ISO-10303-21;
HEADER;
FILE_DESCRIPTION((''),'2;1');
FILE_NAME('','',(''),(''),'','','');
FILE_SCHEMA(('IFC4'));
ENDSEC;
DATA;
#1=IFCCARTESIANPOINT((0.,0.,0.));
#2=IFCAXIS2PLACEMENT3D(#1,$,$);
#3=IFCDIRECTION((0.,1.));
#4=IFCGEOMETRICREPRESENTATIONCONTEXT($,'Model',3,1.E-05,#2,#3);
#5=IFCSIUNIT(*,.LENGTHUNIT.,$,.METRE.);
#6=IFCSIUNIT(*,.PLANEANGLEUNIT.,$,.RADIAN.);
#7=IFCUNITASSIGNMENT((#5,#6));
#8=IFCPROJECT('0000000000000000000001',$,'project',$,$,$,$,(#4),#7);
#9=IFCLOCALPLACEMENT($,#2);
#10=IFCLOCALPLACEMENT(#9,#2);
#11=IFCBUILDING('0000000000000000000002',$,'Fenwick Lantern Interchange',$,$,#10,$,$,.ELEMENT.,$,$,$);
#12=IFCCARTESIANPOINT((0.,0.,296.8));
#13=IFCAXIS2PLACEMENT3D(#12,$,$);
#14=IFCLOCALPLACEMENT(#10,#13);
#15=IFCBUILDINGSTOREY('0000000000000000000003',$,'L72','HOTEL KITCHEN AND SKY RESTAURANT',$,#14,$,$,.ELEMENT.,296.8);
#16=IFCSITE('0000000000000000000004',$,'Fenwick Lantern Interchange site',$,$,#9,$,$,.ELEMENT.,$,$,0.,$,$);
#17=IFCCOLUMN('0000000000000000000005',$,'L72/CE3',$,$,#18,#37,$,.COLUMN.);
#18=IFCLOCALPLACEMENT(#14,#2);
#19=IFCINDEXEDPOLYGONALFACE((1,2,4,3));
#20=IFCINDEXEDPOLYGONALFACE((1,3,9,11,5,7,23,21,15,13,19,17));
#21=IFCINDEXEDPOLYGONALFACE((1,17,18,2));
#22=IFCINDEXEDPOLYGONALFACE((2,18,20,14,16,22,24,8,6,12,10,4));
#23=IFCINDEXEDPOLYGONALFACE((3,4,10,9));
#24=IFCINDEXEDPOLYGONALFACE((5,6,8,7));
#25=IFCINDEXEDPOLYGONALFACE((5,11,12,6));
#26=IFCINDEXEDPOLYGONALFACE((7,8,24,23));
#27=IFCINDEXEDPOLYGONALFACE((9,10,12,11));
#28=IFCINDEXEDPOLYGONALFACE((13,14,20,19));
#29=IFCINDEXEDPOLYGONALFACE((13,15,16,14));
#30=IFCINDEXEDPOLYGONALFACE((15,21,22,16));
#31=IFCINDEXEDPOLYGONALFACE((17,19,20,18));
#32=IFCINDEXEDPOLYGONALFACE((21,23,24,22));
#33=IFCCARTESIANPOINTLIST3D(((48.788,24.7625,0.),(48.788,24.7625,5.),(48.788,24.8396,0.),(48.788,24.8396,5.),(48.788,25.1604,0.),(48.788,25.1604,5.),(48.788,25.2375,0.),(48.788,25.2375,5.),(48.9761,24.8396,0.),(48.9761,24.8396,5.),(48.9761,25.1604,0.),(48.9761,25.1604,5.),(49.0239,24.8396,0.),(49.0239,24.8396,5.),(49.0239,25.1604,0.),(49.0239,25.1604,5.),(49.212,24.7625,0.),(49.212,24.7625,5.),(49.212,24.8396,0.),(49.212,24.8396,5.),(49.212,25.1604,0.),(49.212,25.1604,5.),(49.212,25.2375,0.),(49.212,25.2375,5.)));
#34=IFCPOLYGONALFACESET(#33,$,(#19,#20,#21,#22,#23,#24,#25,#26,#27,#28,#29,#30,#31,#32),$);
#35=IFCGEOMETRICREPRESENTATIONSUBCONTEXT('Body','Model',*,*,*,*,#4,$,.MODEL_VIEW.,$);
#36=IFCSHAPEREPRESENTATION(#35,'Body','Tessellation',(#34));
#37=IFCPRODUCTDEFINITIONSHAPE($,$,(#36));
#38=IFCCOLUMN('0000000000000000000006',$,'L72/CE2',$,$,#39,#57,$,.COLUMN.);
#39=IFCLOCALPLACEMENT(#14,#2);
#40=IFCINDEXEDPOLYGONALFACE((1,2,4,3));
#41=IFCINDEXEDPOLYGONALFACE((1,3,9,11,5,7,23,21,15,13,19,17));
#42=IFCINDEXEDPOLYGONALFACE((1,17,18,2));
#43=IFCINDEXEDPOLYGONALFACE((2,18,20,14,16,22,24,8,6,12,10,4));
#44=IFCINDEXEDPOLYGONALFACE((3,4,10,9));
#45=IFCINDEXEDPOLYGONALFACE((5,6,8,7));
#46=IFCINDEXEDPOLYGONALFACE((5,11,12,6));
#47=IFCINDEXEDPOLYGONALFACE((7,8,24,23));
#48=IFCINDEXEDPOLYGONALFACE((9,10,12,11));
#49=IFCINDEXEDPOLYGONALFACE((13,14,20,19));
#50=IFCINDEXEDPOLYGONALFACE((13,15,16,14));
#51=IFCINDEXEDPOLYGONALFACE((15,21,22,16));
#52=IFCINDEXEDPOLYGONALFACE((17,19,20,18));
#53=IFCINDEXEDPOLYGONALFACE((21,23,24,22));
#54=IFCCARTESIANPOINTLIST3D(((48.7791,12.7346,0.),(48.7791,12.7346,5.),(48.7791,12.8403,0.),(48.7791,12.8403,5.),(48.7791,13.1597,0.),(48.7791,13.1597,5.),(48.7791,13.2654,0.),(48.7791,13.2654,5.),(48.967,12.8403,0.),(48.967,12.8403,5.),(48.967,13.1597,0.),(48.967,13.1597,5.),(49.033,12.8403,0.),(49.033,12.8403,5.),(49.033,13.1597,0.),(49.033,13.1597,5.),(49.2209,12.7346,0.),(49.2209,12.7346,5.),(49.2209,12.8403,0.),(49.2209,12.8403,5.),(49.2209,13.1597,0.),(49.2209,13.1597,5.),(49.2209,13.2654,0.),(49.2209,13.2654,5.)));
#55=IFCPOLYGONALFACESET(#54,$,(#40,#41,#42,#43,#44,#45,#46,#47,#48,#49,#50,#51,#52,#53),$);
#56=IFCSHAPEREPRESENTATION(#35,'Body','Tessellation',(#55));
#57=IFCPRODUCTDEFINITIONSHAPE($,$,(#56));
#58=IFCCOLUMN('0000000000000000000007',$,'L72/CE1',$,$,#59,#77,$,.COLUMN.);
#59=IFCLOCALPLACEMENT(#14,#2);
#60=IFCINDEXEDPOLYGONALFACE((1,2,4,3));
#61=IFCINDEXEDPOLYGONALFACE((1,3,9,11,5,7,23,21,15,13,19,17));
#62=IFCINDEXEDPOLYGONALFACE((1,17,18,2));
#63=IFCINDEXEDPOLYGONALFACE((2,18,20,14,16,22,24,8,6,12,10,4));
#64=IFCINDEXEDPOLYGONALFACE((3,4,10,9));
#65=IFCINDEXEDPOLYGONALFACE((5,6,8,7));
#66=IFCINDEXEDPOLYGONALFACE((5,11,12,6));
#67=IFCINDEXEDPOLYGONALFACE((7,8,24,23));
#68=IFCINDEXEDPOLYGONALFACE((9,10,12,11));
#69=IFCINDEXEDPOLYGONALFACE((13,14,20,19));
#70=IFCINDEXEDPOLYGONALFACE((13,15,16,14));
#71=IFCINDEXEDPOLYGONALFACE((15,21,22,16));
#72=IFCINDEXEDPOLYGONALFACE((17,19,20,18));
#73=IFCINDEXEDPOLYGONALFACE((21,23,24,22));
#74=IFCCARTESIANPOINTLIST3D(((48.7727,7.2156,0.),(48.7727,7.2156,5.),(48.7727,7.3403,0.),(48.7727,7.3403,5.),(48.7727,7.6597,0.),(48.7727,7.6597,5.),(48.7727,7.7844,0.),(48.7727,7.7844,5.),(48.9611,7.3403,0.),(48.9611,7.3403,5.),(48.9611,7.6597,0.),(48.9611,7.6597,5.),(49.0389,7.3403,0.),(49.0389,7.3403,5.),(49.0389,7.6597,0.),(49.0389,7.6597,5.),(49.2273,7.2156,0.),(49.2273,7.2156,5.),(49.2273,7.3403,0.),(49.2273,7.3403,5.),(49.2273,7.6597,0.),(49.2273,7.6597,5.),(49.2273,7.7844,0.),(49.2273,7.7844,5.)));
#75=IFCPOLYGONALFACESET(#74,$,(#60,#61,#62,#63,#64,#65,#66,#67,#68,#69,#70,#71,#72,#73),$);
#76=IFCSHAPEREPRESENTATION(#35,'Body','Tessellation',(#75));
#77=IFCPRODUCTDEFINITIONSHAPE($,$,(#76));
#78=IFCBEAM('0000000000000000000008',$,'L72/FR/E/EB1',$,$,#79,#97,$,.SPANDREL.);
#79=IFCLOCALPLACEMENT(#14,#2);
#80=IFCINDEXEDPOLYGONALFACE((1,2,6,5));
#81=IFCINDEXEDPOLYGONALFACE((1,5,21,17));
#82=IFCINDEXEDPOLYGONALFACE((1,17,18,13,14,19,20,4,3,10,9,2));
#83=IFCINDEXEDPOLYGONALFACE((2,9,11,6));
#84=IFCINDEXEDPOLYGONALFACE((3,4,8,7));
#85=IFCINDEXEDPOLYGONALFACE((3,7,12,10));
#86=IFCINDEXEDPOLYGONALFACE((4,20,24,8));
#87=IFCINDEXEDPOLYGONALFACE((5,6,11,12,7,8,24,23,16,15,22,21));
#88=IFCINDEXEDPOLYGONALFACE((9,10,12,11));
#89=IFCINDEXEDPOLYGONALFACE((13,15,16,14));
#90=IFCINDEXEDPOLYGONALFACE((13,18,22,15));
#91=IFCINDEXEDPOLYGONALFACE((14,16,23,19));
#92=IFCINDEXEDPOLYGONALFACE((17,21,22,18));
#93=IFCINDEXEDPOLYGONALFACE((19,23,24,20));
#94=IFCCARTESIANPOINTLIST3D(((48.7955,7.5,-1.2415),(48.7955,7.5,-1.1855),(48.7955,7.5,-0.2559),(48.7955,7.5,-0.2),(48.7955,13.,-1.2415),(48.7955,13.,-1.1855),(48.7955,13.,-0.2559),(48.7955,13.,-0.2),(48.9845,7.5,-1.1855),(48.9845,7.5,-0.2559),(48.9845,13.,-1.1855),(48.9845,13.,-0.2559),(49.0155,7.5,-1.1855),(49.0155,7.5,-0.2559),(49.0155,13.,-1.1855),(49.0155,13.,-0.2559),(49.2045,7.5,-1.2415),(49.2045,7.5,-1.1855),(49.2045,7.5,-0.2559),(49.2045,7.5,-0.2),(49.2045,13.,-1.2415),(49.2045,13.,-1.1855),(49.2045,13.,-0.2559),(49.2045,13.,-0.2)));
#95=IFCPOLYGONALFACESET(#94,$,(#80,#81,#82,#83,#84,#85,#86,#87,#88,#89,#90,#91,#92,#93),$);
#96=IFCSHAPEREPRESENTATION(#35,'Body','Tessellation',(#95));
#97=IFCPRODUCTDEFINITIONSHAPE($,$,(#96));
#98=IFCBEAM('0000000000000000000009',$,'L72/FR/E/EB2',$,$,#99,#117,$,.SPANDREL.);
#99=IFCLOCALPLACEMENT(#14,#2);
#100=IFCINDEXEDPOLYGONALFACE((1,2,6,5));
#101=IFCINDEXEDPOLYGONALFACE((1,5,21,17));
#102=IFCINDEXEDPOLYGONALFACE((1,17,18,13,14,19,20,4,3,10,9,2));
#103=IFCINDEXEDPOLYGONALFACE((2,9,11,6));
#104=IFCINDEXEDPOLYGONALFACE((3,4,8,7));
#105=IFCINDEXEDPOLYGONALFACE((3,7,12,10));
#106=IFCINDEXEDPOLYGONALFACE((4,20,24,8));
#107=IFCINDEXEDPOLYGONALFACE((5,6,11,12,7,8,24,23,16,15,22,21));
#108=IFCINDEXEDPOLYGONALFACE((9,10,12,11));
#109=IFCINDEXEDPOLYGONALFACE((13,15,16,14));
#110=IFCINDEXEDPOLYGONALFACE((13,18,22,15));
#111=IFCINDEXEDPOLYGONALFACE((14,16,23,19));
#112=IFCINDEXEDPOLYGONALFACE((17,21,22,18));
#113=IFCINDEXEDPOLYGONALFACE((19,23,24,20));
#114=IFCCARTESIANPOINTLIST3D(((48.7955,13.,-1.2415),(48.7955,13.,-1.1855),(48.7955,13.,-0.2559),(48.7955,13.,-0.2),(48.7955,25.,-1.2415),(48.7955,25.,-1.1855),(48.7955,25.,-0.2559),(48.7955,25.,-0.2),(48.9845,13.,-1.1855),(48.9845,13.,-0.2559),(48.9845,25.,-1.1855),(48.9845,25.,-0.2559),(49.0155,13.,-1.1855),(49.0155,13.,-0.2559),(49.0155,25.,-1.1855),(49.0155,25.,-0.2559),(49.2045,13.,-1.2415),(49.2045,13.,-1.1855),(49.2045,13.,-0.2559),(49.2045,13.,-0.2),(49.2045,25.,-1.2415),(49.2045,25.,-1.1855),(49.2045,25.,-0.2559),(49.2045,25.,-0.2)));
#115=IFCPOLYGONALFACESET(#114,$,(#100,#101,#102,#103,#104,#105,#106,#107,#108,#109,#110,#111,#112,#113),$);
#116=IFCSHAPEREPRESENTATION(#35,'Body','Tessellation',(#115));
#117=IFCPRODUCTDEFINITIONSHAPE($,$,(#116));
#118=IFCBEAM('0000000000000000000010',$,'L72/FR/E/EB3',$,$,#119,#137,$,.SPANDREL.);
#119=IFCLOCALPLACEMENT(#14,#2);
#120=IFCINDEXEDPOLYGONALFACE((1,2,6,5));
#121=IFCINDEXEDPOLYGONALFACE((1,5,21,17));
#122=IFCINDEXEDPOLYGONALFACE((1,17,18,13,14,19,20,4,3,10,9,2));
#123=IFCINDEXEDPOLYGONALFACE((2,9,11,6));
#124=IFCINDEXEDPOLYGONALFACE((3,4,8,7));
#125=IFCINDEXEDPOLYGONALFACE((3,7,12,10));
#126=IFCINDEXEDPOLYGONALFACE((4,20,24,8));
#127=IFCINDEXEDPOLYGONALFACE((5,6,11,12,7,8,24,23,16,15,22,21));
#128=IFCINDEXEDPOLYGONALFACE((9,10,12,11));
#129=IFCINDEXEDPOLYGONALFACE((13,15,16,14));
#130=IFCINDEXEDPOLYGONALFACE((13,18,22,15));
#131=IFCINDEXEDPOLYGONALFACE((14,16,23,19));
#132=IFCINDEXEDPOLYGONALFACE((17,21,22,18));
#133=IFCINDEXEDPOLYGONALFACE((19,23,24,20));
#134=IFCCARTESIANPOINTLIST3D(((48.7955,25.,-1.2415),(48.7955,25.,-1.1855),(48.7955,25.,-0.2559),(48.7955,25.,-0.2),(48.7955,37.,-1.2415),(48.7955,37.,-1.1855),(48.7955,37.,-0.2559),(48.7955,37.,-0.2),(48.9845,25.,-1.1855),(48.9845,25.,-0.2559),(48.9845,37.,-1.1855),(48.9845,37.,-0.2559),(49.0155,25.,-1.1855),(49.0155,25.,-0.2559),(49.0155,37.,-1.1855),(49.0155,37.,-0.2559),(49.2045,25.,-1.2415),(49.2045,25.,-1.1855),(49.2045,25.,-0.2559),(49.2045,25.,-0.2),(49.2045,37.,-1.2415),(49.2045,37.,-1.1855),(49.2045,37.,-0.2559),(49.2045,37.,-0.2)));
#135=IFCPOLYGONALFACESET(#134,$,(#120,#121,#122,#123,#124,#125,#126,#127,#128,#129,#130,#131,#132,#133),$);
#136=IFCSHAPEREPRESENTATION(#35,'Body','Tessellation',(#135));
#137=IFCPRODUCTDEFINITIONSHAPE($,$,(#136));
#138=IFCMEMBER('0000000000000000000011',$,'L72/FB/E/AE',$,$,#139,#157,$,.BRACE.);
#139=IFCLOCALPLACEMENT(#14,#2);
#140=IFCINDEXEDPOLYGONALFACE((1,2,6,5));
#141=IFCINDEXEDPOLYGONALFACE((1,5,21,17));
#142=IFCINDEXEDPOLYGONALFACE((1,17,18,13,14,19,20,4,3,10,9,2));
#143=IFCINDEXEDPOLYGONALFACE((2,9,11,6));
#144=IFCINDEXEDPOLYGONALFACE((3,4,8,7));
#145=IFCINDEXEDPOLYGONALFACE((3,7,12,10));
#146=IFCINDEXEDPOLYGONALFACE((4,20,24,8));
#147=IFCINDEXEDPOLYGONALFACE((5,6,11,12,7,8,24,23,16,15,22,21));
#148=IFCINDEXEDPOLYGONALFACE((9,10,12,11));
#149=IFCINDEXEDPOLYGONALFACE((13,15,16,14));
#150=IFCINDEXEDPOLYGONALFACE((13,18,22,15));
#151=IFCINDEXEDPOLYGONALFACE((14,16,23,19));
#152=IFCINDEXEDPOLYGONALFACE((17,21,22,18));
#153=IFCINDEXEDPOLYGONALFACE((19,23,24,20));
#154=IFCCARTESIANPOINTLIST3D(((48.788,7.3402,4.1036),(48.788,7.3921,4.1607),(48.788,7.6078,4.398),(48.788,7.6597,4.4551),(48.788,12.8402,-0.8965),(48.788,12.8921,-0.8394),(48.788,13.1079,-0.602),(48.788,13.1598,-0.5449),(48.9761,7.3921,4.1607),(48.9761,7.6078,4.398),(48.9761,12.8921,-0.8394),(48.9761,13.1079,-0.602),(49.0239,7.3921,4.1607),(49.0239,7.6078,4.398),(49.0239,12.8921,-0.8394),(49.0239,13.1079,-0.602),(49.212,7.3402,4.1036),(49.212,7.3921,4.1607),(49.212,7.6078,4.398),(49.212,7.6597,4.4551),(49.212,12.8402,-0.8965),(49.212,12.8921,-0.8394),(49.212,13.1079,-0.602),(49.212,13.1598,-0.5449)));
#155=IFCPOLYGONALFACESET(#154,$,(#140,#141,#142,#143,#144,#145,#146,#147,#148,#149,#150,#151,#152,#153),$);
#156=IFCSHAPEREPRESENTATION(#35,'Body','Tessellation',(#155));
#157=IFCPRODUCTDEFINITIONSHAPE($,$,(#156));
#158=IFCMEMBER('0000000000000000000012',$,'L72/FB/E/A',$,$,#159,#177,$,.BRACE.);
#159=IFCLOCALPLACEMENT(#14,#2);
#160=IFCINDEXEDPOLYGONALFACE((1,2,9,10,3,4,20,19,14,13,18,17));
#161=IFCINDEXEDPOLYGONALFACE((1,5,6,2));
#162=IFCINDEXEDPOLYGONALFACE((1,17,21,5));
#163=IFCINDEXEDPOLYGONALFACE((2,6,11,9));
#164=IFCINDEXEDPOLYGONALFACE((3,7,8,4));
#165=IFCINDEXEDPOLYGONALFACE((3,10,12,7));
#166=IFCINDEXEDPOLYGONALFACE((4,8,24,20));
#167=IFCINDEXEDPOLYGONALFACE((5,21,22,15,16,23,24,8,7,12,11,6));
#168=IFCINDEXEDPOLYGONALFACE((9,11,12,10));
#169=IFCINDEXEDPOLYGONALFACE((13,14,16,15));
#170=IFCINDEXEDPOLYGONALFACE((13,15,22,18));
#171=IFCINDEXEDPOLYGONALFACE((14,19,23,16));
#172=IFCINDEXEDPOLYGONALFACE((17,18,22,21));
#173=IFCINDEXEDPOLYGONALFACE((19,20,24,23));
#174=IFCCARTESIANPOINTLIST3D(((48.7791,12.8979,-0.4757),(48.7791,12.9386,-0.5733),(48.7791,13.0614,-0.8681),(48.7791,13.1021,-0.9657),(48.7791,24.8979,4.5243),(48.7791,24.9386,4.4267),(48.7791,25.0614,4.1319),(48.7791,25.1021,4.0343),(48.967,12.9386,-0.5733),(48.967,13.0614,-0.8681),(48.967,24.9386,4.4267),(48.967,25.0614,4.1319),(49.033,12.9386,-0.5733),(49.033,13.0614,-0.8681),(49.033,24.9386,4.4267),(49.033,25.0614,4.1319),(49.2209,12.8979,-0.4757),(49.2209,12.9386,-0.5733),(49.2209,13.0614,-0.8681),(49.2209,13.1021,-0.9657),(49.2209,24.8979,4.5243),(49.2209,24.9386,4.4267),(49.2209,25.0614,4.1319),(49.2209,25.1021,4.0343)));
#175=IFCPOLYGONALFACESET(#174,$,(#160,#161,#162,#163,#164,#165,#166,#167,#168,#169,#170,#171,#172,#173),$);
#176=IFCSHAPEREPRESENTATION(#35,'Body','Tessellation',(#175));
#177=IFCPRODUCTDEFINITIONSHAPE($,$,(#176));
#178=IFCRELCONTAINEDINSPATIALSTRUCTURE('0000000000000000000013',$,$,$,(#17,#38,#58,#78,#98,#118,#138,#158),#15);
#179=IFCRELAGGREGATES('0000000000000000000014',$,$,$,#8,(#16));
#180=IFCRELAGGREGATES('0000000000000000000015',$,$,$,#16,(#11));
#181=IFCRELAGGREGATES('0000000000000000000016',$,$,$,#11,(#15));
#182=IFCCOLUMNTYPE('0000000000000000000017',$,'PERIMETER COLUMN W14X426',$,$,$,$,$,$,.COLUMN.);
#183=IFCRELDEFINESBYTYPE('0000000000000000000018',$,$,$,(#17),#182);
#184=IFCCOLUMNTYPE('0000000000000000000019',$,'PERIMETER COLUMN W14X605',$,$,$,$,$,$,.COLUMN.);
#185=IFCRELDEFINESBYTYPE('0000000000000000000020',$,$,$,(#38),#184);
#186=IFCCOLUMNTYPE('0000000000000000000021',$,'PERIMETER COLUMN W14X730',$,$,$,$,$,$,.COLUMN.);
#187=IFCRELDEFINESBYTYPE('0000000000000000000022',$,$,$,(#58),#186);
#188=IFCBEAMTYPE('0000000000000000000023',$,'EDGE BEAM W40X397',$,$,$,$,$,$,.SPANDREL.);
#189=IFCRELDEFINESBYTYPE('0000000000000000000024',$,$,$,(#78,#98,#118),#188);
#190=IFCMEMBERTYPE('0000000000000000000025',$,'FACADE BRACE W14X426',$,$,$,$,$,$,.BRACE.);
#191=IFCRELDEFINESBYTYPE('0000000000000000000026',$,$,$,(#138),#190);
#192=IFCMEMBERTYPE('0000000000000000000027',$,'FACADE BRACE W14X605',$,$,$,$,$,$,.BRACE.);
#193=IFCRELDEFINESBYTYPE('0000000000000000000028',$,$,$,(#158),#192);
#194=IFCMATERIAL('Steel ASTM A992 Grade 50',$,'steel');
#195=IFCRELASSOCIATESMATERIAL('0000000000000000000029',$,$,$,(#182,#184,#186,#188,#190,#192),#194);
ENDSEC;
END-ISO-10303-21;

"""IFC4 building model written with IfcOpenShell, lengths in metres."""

from ifc_helpers import new_model, si_unit, direction, frame, origin, origin_2d, place, context, subcontext, project, spatial, i_section, extrude, material, material_profile, profile_set, type_object, element, save


model = new_model("IFC4")

# Units and contexts
model_context = context("Model", 3, precision=1e-05, world=origin(), true_north=direction((0.0, 1.0)))
body_context = subcontext(model_context, "Body", "Model", "MODEL_VIEW")
ifc_project = project(units=[si_unit("LENGTHUNIT", "METRE"), si_unit("PLANEANGLEUNIT", "RADIAN")], contexts=[model_context])

# Site, building, storey
site_placement = place(None, origin())
site = spatial("IfcSite", under=ifc_project, at=site_placement, Name="Fenwick Lantern Interchange site", CompositionType="ELEMENT", RefElevation=0.0)
building_placement = place(site_placement, origin())
building = spatial("IfcBuilding", under=site, at=building_placement, Name="Fenwick Lantern Interchange", CompositionType="ELEMENT")
storey_placement = place(building_placement, frame((0.0, 0.0, 296.8)))
storey = spatial("IfcBuildingStorey", under=building, at=storey_placement, Name="L72", Description="HOTEL KITCHEN AND SKY RESTAURANT", CompositionType="ELEMENT", Elevation=296.8)

# Columns
ifc_material_1 = material(Name="Steel ASTM A992 Grade 50", Category="steel")
ifc_material_profile_1 = material_profile(ifc_material_1, i_section(OverallWidth=0.4241, OverallDepth=0.4751, WebThickness=0.0479, FlangeThickness=0.0771, at=origin_2d()), Name="W14X426")
ifc_profile_set_1 = profile_set([ifc_material_profile_1], Name="Steel ASTM A992 Grade 50")
column_type_1 = type_object("IfcColumnType", Name="PERIMETER COLUMN W14X426", PredefinedType="COLUMN", material=ifc_profile_set_1)
column_1_placement = place(storey_placement, frame((49.0, 25.0, 0.0), z_axis=(0.0, 0.0, 1.0), x_axis=(1.0, 0.0, 0.0)))
element("IfcColumn", 1, at=column_1_placement, inside=storey, type_object=column_type_1, Name="L72/CE3", PredefinedType="COLUMN", context=body_context, shape_type="SweptSolid", body=[
    extrude(i_section(OverallWidth=0.4241, OverallDepth=0.4751, WebThickness=0.0479, FlangeThickness=0.0771, at=origin_2d()), origin(), (0.0, 0.0, 1.0), 5.0),
])
ifc_material_profile_2 = material_profile(ifc_material_1, i_section(OverallWidth=0.4419, OverallDepth=0.5308, WebThickness=0.0659, FlangeThickness=0.1057, at=origin_2d()), Name="W14X605")
ifc_profile_set_2 = profile_set([ifc_material_profile_2], Name="Steel ASTM A992 Grade 50")
column_type_2 = type_object("IfcColumnType", Name="PERIMETER COLUMN W14X605", PredefinedType="COLUMN", material=ifc_profile_set_2)
column_2_placement = place(storey_placement, frame((49.0, 13.0, 0.0), z_axis=(0.0, 0.0, 1.0), x_axis=(1.0, 0.0, 0.0)))
element("IfcColumn", 2, at=column_2_placement, inside=storey, type_object=column_type_2, Name="L72/CE2", PredefinedType="COLUMN", context=body_context, shape_type="SweptSolid", body=[
    extrude(i_section(OverallWidth=0.4419, OverallDepth=0.5308, WebThickness=0.0659, FlangeThickness=0.1057, at=origin_2d()), origin(), (0.0, 0.0, 1.0), 5.0),
])
ifc_material_profile_3 = material_profile(ifc_material_1, i_section(OverallWidth=0.4546, OverallDepth=0.5688, WebThickness=0.0779, FlangeThickness=0.1248, at=origin_2d()), Name="W14X730")
ifc_profile_set_3 = profile_set([ifc_material_profile_3], Name="Steel ASTM A992 Grade 50")
column_type_3 = type_object("IfcColumnType", Name="PERIMETER COLUMN W14X730", PredefinedType="COLUMN", material=ifc_profile_set_3)
column_3_placement = place(storey_placement, frame((49.0, 7.5, 0.0), z_axis=(0.0, 0.0, 1.0), x_axis=(1.0, 0.0, 0.0)))
element("IfcColumn", 3, at=column_3_placement, inside=storey, type_object=column_type_3, Name="L72/CE1", PredefinedType="COLUMN", context=body_context, shape_type="SweptSolid", body=[
    extrude(i_section(OverallWidth=0.4546, OverallDepth=0.5688, WebThickness=0.0779, FlangeThickness=0.1248, at=origin_2d()), origin(), (0.0, 0.0, 1.0), 5.0),
])

# Beams
ifc_material_profile_4 = material_profile(ifc_material_1, i_section(OverallWidth=0.4089, OverallDepth=1.0415, WebThickness=0.031, FlangeThickness=0.0559, at=origin_2d()), Name="W40X397")
ifc_profile_set_4 = profile_set([ifc_material_profile_4], Name="Steel ASTM A992 Grade 50")
beam_type_1 = type_object("IfcBeamType", Name="EDGE BEAM W40X397", PredefinedType="SPANDREL", material=ifc_profile_set_4)
beam_1_placement = place(storey_placement, frame((49.0, 7.5, -0.7207), z_axis=(0.0, 1.0, 0.0), x_axis=(-1.0, 0.0, 0.0)))
element("IfcBeam", 4, at=beam_1_placement, inside=storey, type_object=beam_type_1, Name="L72/FR/E/EB1", PredefinedType="SPANDREL", context=body_context, shape_type="SweptSolid", body=[
    extrude(i_section(OverallWidth=0.4089, OverallDepth=1.0415, WebThickness=0.031, FlangeThickness=0.0559, at=origin_2d()), origin(), (0.0, 0.0, 1.0), 5.5),
])
for number, where, z_axis, x_axis, name in (
    (5, (49.0, 13.0, -0.7207), (0.0, 1.0, 0.0), (-1.0, 0.0, 0.0), "L72/FR/E/EB2"),
    (6, (49.0, 25.0, -0.7207), (0.0, 1.0, 0.0), (-1.0, 0.0, 0.0), "L72/FR/E/EB3"),
):
    element("IfcBeam", number, at=place(storey_placement, frame(where, z_axis=z_axis, x_axis=x_axis)), inside=storey, type_object=beam_type_1, Name=name, PredefinedType="SPANDREL", context=body_context, shape_type="SweptSolid", body=[
        extrude(i_section(OverallWidth=0.4089, OverallDepth=1.0415, WebThickness=0.031, FlangeThickness=0.0559, at=origin_2d()), origin(), (0.0, 0.0, 1.0), 12.0),
    ])

# Members
ifc_material_profile_5 = material_profile(ifc_material_1, i_section(OverallWidth=0.4241, OverallDepth=0.4751, WebThickness=0.0479, FlangeThickness=0.0771, at=origin_2d()), Name="W14X426")
ifc_profile_set_5 = profile_set([ifc_material_profile_5], Name="Steel ASTM A992 Grade 50")
member_type_1 = type_object("IfcMemberType", Name="FACADE BRACE W14X426", PredefinedType="BRACE", material=ifc_profile_set_5)
member_1_placement = place(storey_placement, frame((49.0, 13.0, -0.7207), z_axis=(0.0, -0.73994, 0.672673), x_axis=(1.0, 0.0, 0.0)))
element("IfcMember", 7, at=member_1_placement, inside=storey, type_object=member_type_1, Name="L72/FB/E/AE", PredefinedType="BRACE", context=body_context, shape_type="SweptSolid", body=[
    extrude(i_section(OverallWidth=0.4241, OverallDepth=0.4751, WebThickness=0.0479, FlangeThickness=0.0771, at=origin_2d()), origin(), (0.0, 0.0, 1.0), 7.4331),
])
ifc_material_profile_6 = material_profile(ifc_material_1, i_section(OverallWidth=0.4419, OverallDepth=0.5308, WebThickness=0.0659, FlangeThickness=0.1057, at=origin_2d()), Name="W14X605")
ifc_profile_set_6 = profile_set([ifc_material_profile_6], Name="Steel ASTM A992 Grade 50")
member_type_2 = type_object("IfcMemberType", Name="FACADE BRACE W14X605", PredefinedType="BRACE", material=ifc_profile_set_6)
member_2_placement = place(storey_placement, frame((49.0, 13.0, -0.7207), z_axis=(0.0, 0.923077, 0.384615), x_axis=(-1.0, 0.0, 0.0)))
element("IfcMember", 8, at=member_2_placement, inside=storey, type_object=member_type_2, Name="L72/FB/E/A", PredefinedType="BRACE", context=body_context, shape_type="SweptSolid", body=[
    extrude(i_section(OverallWidth=0.4419, OverallDepth=0.5308, WebThickness=0.0659, FlangeThickness=0.1057, at=origin_2d()), origin(), (0.0, 0.0, 1.0), 13.0),
])

save(model, "model.ifc")
